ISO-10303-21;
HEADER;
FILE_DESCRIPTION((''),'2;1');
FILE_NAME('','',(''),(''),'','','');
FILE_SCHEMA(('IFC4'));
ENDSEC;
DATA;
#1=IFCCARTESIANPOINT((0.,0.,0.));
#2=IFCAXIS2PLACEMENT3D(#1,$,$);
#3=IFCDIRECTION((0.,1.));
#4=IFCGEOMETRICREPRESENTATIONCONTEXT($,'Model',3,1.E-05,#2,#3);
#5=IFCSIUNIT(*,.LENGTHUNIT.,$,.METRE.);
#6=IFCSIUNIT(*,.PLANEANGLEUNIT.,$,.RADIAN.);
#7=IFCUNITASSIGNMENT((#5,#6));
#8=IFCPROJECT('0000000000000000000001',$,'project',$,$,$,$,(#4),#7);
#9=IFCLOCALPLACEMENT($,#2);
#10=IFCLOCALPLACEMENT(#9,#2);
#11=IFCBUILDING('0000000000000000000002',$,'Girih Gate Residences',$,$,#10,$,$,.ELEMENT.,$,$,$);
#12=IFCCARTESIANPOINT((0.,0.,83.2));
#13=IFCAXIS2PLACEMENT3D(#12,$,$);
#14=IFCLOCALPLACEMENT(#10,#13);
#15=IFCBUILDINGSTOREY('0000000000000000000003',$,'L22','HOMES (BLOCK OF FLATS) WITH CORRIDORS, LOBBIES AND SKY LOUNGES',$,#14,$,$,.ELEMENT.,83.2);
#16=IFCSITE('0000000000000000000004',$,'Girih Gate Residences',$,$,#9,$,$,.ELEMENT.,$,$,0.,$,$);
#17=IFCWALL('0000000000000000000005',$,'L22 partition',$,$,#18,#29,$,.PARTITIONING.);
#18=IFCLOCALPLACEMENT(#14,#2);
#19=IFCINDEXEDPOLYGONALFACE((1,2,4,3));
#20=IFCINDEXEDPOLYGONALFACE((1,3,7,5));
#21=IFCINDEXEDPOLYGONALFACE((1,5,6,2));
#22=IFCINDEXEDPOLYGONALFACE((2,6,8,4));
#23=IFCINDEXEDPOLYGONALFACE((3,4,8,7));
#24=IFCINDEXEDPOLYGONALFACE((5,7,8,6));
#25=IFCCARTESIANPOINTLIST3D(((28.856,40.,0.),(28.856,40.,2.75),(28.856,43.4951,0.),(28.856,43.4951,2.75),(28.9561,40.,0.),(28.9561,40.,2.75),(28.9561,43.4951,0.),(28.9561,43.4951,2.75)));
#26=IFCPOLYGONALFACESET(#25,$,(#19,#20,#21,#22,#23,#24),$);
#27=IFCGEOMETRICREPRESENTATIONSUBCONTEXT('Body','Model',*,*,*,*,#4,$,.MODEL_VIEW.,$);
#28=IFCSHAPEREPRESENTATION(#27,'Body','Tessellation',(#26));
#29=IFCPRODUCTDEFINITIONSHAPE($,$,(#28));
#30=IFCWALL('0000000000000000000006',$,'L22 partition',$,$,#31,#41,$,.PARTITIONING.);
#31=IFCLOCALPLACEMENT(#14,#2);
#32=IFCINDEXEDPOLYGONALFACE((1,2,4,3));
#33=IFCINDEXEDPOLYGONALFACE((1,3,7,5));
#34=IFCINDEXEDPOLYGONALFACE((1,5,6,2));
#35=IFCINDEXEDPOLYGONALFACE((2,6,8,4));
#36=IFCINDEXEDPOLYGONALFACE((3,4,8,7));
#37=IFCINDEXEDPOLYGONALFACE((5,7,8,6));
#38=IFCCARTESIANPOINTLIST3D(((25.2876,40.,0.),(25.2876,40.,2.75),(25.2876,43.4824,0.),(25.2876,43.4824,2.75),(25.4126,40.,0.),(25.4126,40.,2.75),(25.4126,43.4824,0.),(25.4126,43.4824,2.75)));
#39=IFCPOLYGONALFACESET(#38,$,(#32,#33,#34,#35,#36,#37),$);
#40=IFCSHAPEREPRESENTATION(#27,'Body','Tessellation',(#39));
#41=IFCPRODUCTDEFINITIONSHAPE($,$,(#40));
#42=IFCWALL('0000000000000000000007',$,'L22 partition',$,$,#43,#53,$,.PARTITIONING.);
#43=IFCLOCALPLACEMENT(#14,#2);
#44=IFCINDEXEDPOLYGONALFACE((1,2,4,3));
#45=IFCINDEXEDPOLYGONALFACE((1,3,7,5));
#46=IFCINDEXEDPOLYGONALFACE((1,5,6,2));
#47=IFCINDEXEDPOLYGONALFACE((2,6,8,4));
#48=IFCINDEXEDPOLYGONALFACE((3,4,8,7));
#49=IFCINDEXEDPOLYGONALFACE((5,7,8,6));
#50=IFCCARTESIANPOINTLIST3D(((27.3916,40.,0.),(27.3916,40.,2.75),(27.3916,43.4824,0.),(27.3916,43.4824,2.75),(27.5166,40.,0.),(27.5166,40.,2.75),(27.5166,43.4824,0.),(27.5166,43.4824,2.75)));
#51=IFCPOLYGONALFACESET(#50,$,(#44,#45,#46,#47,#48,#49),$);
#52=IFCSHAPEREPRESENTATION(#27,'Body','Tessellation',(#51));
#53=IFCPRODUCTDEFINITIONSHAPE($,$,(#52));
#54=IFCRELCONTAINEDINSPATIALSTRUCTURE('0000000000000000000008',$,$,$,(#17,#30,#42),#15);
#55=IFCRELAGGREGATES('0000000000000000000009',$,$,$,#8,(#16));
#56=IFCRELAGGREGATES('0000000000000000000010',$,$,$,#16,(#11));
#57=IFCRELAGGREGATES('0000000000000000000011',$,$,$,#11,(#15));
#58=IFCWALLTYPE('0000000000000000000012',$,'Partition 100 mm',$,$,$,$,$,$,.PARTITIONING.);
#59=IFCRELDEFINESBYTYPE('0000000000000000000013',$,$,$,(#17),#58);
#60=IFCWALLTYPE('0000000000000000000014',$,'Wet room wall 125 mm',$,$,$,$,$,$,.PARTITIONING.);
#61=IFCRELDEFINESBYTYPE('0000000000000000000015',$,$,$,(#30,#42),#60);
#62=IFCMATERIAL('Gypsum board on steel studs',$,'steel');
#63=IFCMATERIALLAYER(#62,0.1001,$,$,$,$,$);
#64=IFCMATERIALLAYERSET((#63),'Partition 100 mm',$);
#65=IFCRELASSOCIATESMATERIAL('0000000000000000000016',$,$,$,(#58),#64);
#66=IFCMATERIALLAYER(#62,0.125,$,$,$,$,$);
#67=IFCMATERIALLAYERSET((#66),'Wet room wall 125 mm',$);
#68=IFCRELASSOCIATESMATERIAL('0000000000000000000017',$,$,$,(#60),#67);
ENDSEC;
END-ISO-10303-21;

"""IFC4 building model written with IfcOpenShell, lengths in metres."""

from ifc_helpers import new_model, si_unit, direction, frame, frame_2d, origin, place, context, subcontext, project, spatial, rectangle, extrude, material, layer, layer_set, type_object, element, save


model = new_model("IFC4")

# Units and contexts
model_context = context("Model", 3, precision=1e-05, world=origin(), true_north=direction((0.0, 1.0)))
body_context = subcontext(model_context, "Body", "Model", "MODEL_VIEW")
ifc_project = project(units=[si_unit("LENGTHUNIT", "METRE"), si_unit("PLANEANGLEUNIT", "RADIAN")], contexts=[model_context])

# Site, building, storey
site_placement = place(None, origin())
site = spatial("IfcSite", under=ifc_project, at=site_placement, Name="Girih Gate Residences", CompositionType="ELEMENT", RefElevation=0.0)
building_placement = place(site_placement, origin())
building = spatial("IfcBuilding", under=site, at=building_placement, Name="Girih Gate Residences", CompositionType="ELEMENT")
storey_placement = place(building_placement, frame((0.0, 0.0, 83.2)))
storey = spatial("IfcBuildingStorey", under=building, at=storey_placement, Name="L22", Description="HOMES (BLOCK OF FLATS) WITH CORRIDORS, LOBBIES AND SKY LOUNGES", CompositionType="ELEMENT", Elevation=83.2)

# Shared definitions
ifc_material_1 = material(Name="Gypsum board on steel studs", Category="steel")

# Walls
ifc_layer_1 = layer(ifc_material_1, 0.1001)
ifc_layer_set_1 = layer_set([ifc_layer_1], Name="Partition 100 mm")
wall_type_1 = type_object("IfcWallType", Name="Partition 100 mm", PredefinedType="PARTITIONING", material=ifc_layer_set_1)
wall_1_placement = place(storey_placement, frame((28.906, 40.0, 0.0), z_axis=(0.0, 0.0, 1.0), x_axis=(0.0, 1.0, 0.0)))
element("IfcWall", 1, at=wall_1_placement, inside=storey, type_object=wall_type_1, Name="L22 partition", PredefinedType="PARTITIONING", context=body_context, shape_type="SweptSolid", body=[
    extrude(rectangle(XDim=3.4951, YDim=0.1001, at=frame_2d((1.7476, 0.0))), origin(), (0.0, 0.0, 1.0), 2.75),
])
ifc_layer_2 = layer(ifc_material_1, 0.125)
ifc_layer_set_2 = layer_set([ifc_layer_2], Name="Wet room wall 125 mm")
wall_type_2 = type_object("IfcWallType", Name="Wet room wall 125 mm", PredefinedType="PARTITIONING", material=ifc_layer_set_2)
for number, where, z_axis, x_axis, name in (
    (2, (25.3501, 40.0, 0.0), (0.0, 0.0, 1.0), (0.0, 1.0, 0.0), "L22 partition"),
    (3, (27.4541, 40.0, 0.0), (0.0, 0.0, 1.0), (0.0, 1.0, 0.0), "L22 partition"),
):
    element("IfcWall", number, at=place(storey_placement, frame(where, z_axis=z_axis, x_axis=x_axis)), inside=storey, type_object=wall_type_2, Name=name, PredefinedType="PARTITIONING", context=body_context, shape_type="SweptSolid", body=[
        extrude(rectangle(XDim=3.4824, YDim=0.125, at=frame_2d((1.7412, 0.0))), origin(), (0.0, 0.0, 1.0), 2.75),
    ])

save(model, "model.ifc")
